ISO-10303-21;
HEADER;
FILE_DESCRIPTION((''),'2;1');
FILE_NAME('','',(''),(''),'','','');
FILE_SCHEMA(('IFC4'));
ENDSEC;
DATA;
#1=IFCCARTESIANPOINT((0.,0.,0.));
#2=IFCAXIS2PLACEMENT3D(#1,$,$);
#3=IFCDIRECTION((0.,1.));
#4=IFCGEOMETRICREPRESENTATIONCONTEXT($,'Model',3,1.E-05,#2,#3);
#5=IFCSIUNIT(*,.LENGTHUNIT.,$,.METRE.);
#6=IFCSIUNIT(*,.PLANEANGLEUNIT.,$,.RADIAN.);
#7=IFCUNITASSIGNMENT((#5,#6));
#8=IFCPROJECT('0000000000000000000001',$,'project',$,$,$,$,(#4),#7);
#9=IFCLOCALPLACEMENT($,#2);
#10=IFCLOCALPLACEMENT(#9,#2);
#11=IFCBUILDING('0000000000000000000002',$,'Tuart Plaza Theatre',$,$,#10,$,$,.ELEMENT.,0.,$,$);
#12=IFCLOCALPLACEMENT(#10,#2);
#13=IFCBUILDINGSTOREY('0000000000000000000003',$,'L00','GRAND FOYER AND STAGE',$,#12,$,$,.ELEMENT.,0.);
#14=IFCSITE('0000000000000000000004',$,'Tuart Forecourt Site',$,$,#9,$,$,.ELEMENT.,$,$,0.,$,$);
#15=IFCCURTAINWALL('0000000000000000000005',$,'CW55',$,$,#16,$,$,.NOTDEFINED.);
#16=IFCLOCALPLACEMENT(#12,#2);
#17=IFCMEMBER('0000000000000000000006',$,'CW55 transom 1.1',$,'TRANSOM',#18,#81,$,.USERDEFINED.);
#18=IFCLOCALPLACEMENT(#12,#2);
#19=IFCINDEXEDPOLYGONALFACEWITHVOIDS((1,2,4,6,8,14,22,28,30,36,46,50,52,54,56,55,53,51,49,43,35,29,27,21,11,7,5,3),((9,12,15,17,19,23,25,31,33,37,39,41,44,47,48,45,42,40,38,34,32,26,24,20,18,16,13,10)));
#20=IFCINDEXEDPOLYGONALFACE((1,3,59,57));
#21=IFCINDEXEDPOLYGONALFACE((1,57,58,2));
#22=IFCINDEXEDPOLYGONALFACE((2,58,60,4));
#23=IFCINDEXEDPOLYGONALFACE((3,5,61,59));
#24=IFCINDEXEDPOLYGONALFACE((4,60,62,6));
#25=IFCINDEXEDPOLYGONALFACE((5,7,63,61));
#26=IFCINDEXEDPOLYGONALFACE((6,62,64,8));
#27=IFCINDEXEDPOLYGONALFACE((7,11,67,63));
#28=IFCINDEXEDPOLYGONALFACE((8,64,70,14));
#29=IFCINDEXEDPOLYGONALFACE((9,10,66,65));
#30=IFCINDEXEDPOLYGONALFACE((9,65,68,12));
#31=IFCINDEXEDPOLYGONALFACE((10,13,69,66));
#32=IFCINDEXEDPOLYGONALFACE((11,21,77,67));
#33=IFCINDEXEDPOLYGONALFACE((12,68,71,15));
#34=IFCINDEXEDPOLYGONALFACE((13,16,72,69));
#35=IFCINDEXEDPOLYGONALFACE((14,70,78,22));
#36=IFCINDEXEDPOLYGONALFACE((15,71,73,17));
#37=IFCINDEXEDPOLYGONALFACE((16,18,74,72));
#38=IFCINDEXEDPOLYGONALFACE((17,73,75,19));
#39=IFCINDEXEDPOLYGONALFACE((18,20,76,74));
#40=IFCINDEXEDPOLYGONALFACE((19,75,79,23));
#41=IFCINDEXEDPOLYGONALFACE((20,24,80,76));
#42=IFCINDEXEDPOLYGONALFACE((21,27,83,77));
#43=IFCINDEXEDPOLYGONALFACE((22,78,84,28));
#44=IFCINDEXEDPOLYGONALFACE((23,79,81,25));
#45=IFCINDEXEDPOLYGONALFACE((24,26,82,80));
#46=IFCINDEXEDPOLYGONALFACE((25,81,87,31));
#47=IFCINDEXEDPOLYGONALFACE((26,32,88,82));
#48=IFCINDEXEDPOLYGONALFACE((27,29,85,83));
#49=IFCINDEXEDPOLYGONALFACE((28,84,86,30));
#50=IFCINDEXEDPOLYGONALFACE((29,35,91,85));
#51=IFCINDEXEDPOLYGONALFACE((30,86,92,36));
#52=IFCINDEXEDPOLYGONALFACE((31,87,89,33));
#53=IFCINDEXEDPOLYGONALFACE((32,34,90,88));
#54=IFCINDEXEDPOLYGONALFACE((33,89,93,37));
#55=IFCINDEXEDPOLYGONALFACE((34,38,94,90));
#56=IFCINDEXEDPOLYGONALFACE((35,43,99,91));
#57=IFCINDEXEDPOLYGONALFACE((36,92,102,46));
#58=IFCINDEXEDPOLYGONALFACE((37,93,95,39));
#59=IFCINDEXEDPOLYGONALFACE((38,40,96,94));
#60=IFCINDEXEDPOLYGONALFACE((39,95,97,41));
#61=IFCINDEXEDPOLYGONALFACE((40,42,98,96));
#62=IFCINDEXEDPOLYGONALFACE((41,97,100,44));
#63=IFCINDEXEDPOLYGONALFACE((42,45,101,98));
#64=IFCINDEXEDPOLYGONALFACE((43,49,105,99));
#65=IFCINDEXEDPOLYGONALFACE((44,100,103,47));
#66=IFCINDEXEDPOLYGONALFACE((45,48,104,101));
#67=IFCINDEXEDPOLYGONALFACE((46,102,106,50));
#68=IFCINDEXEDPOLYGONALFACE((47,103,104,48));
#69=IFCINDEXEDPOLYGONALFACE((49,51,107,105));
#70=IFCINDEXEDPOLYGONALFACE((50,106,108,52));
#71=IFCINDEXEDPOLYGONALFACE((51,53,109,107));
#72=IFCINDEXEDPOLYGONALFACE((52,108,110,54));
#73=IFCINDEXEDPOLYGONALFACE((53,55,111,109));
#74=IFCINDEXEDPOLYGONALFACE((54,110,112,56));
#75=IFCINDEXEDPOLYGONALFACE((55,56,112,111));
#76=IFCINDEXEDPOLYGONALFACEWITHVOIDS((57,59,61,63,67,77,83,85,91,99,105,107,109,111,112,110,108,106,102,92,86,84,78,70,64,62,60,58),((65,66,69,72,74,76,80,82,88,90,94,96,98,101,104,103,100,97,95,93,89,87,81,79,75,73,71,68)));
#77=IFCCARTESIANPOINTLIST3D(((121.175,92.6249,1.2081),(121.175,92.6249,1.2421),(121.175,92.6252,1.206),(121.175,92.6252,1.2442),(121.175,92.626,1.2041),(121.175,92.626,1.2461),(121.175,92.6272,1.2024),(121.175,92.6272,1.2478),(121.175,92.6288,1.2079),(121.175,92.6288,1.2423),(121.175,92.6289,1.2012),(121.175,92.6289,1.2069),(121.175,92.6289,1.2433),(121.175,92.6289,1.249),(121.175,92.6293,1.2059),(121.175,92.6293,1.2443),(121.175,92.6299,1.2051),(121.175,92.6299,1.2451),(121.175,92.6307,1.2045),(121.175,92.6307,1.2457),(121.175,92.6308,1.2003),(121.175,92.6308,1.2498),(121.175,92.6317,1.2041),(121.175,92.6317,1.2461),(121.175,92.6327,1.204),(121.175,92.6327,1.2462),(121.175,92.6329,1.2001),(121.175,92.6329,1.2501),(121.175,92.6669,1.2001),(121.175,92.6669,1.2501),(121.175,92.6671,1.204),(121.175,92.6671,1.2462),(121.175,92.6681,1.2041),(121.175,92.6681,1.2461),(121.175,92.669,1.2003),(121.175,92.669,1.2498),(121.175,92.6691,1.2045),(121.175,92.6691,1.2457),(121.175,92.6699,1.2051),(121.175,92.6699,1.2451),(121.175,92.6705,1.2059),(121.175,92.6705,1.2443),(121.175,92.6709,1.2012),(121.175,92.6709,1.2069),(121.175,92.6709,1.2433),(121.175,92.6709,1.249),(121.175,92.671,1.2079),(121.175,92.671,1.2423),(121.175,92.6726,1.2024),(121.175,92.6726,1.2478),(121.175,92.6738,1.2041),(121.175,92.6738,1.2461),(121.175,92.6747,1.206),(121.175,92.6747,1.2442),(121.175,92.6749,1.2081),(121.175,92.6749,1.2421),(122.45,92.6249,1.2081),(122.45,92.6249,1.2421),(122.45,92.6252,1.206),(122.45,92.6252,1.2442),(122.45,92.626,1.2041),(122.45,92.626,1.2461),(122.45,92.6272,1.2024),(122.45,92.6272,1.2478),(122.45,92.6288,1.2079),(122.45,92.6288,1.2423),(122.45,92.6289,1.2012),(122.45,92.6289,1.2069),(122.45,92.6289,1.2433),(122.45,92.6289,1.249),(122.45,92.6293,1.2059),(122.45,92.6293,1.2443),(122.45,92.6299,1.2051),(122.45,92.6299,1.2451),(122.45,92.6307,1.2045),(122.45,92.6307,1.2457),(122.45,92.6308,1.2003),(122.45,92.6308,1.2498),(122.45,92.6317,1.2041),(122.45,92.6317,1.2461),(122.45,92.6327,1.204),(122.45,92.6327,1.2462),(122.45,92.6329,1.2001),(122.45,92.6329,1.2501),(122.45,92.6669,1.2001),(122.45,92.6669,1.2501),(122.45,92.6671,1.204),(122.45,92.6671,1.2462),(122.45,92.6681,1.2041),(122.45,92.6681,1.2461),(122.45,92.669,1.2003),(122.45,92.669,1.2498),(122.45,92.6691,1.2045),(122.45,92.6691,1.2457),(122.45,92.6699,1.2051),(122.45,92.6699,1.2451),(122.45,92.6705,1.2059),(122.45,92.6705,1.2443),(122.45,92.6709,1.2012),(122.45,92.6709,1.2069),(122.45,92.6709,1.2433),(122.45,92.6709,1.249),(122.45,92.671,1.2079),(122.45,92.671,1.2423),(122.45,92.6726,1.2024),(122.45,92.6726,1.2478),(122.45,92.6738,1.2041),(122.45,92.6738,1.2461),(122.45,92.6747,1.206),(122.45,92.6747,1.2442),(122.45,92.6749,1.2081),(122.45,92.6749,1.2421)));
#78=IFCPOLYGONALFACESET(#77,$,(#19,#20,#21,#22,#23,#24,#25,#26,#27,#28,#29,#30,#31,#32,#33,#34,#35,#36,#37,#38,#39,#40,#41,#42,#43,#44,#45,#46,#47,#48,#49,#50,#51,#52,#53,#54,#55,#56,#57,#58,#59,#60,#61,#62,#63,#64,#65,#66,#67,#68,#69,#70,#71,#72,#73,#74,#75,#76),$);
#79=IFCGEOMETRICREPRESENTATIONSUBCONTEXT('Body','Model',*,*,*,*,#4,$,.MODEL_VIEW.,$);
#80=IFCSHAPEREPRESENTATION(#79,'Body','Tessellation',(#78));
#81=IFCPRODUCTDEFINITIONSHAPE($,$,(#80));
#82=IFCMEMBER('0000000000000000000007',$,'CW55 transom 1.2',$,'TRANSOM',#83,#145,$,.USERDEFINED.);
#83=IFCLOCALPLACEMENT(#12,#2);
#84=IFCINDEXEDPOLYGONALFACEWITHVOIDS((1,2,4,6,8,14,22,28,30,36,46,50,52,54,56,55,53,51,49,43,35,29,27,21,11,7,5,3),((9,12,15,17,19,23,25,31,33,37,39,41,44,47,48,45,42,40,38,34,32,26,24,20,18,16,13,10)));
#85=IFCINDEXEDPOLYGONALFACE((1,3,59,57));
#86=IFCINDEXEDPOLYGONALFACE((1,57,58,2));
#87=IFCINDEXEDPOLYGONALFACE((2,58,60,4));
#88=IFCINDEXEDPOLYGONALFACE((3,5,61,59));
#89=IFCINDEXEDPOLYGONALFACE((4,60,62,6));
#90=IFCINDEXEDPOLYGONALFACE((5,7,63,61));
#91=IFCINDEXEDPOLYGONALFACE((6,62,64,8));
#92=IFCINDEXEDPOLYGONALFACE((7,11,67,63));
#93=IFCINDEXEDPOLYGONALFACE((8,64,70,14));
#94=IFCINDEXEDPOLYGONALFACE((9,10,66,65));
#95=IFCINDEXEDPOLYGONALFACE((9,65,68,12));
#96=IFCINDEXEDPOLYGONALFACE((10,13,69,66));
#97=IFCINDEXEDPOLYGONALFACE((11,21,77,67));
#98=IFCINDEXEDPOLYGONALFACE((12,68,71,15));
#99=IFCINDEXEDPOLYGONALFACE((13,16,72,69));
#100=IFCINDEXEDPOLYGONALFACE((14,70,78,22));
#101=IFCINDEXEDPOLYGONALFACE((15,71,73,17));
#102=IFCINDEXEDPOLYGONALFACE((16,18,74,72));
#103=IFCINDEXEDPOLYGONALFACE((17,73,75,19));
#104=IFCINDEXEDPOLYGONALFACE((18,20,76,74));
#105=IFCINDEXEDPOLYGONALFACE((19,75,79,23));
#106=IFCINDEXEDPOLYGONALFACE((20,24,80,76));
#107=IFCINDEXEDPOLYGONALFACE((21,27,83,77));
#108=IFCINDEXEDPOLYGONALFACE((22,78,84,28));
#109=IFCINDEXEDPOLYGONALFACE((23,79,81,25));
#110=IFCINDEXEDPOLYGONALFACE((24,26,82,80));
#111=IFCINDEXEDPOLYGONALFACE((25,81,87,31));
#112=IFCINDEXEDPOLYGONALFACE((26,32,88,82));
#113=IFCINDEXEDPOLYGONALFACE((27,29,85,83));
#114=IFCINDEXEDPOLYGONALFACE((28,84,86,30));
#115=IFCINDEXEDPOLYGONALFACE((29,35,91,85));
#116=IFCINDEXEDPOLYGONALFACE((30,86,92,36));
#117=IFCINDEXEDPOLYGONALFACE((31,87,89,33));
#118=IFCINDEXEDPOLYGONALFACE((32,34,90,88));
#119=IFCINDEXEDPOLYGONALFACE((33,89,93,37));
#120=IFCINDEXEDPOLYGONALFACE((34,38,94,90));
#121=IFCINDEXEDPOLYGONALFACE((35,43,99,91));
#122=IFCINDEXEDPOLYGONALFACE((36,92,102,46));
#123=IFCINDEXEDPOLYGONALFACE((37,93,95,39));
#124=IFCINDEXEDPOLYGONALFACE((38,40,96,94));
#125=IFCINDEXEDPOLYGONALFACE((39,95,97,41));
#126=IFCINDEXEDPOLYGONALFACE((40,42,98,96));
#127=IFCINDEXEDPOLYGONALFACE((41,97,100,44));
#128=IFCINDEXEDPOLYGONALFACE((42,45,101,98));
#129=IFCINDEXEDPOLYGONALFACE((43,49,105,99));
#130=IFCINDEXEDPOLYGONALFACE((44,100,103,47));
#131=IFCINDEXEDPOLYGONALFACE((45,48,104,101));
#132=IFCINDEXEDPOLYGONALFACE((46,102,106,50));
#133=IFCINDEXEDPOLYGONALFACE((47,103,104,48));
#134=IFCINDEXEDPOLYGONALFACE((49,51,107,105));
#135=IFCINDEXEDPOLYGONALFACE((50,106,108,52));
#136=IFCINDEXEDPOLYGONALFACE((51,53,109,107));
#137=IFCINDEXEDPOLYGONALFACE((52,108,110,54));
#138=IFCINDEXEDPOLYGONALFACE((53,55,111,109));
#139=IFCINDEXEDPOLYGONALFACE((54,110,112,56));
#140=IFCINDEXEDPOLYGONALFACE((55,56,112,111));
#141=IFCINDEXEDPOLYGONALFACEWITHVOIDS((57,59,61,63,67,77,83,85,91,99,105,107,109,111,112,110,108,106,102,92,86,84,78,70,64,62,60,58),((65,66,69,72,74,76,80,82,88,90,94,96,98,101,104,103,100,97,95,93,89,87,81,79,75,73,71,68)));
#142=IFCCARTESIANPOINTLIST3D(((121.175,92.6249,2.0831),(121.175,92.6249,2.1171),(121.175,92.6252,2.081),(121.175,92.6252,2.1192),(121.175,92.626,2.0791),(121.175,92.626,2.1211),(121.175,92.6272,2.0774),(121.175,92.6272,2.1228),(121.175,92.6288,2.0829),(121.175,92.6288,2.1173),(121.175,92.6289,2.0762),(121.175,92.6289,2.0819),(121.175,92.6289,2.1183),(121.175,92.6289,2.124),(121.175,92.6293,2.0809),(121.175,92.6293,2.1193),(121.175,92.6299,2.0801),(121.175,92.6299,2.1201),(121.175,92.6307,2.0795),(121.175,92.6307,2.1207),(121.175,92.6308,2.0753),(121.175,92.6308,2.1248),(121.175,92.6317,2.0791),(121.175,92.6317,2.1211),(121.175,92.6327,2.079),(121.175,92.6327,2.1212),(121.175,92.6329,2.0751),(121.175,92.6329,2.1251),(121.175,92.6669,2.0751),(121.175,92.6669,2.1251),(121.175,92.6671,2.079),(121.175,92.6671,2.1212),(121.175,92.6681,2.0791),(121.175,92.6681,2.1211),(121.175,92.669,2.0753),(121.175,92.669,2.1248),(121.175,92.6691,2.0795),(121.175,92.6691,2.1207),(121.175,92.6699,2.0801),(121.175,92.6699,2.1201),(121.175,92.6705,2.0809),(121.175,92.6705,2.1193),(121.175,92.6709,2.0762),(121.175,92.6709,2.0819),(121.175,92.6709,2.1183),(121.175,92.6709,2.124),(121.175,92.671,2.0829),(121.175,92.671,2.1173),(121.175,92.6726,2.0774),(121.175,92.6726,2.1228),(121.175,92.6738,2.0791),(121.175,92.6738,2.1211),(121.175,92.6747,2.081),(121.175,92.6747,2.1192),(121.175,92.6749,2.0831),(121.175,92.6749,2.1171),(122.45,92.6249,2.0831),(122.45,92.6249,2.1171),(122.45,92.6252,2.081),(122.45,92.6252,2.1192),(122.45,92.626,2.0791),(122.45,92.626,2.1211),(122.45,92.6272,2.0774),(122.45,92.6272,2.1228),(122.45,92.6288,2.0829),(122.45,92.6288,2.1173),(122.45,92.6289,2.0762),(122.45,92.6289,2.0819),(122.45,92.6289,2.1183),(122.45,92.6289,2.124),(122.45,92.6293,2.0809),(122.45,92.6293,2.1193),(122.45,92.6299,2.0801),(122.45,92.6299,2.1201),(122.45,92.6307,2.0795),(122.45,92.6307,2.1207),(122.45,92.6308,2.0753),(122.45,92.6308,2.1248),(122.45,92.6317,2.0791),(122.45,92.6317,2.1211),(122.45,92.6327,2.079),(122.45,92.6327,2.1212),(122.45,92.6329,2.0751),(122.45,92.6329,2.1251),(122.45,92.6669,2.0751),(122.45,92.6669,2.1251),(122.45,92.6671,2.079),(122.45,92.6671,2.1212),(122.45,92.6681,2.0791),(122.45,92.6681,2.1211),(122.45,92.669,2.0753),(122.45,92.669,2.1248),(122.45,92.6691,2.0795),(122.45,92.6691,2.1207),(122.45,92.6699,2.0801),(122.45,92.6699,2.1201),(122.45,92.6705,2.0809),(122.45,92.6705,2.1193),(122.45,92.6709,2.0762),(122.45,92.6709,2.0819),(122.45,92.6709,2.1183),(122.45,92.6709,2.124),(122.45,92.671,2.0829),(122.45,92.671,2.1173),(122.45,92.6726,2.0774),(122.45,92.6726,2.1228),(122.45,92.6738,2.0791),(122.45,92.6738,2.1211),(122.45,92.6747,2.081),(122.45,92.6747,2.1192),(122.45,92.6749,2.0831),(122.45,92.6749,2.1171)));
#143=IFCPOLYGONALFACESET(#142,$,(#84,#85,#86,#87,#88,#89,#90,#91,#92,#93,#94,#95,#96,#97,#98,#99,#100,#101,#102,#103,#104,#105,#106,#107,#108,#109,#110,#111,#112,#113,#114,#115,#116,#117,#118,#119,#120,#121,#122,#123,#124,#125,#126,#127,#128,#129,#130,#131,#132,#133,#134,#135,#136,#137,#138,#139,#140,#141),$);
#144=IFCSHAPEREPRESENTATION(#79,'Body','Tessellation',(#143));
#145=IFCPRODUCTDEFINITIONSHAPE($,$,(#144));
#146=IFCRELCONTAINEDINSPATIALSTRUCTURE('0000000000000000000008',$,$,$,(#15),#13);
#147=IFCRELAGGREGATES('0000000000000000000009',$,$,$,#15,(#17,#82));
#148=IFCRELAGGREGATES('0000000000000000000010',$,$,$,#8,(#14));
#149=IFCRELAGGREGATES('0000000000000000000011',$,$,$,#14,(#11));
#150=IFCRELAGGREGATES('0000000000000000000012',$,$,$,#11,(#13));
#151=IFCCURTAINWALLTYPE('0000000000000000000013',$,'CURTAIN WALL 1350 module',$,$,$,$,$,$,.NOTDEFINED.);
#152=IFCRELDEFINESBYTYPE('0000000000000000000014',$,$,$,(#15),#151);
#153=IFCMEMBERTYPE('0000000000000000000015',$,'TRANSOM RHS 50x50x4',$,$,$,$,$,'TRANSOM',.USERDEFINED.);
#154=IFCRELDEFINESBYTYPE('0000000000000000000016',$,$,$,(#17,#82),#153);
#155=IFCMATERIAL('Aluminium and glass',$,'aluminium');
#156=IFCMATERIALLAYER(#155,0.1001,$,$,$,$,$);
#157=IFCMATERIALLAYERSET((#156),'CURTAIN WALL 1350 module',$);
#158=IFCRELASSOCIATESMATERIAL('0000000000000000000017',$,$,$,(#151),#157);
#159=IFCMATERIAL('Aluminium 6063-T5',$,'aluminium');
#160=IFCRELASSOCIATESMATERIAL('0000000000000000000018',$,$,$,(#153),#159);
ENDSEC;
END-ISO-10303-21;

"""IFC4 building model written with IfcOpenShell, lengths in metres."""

from ifc_helpers import new_model, si_unit, direction, frame, origin, origin_2d, place, context, subcontext, project, spatial, hollow_rectangle, extrude, material, layer, layer_set, material_profile, profile_set, type_object, element, aggregate, save


model = new_model("IFC4")

# Units and contexts
model_context = context("Model", 3, precision=1e-05, world=origin(), true_north=direction((0.0, 1.0)))
body_context = subcontext(model_context, "Body", "Model", "MODEL_VIEW")
ifc_project = project(units=[si_unit("LENGTHUNIT", "METRE"), si_unit("PLANEANGLEUNIT", "RADIAN")], contexts=[model_context])

# Site, building, storey
site_placement = place(None, origin())
site = spatial("IfcSite", under=ifc_project, at=site_placement, Name="Tuart Forecourt Site", CompositionType="ELEMENT", RefElevation=0.0)
building_placement = place(site_placement, origin())
building = spatial("IfcBuilding", under=site, at=building_placement, Name="Tuart Plaza Theatre", CompositionType="ELEMENT", ElevationOfRefHeight=0.0)
storey_placement = place(building_placement, origin())
storey = spatial("IfcBuildingStorey", under=building, at=storey_placement, Name="L00", Description="GRAND FOYER AND STAGE", CompositionType="ELEMENT", Elevation=0.0)

# Curtain wall, members
ifc_material_1 = material(Name="Aluminium and glass", Category="aluminium")
ifc_layer_1 = layer(ifc_material_1, 0.1001)
ifc_layer_set_1 = layer_set([ifc_layer_1], Name="CURTAIN WALL 1350 module")
curtain_wall_type = type_object("IfcCurtainWallType", Name="CURTAIN WALL 1350 module", PredefinedType="NOTDEFINED", material=ifc_layer_set_1)
curtain_wall_placement = place(storey_placement, origin())
curtain_wall = element("IfcCurtainWall", 1, at=curtain_wall_placement, inside=storey, type_object=curtain_wall_type, Name="CW55", PredefinedType="NOTDEFINED")
ifc_material_2 = material(Name="Aluminium 6063-T5", Category="aluminium")
ifc_material_profile_1 = material_profile(ifc_material_2, hollow_rectangle(XDim=0.05, YDim=0.05, WallThickness=0.0039, InnerFilletRadius=0.0039, OuterFilletRadius=0.0081, at=origin_2d()), Name="RHS 50x50x4")
ifc_profile_set_1 = profile_set([ifc_material_profile_1], Name="Aluminium 6063-T5")
member_type_1 = type_object("IfcMemberType", Name="TRANSOM RHS 50x50x4", ElementType="TRANSOM", PredefinedType="USERDEFINED", material=ifc_profile_set_1)
member_1_placement = place(storey_placement, frame((122.45, 92.6499, 1.2251), z_axis=(-1.0, 0.0, 0.0), x_axis=(0.0, -1.0, 0.0)))
member_1 = element("IfcMember", 2, at=member_1_placement, type_object=member_type_1, Name="CW55 transom 1.1", ObjectType="TRANSOM", PredefinedType="USERDEFINED", context=body_context, shape_type="SweptSolid", body=[
    extrude(hollow_rectangle(XDim=0.05, YDim=0.05, WallThickness=0.0039, InnerFilletRadius=0.0039, OuterFilletRadius=0.0081, at=origin_2d()), origin(), (0.0, 0.0, 1.0), 1.2749),
])
member_2_placement = place(storey_placement, frame((122.45, 92.6499, 2.1001), z_axis=(-1.0, 0.0, 0.0), x_axis=(0.0, -1.0, 0.0)))
member_2 = element("IfcMember", 3, at=member_2_placement, type_object=member_type_1, Name="CW55 transom 1.2", ObjectType="TRANSOM", PredefinedType="USERDEFINED", context=body_context, shape_type="SweptSolid", body=[
    extrude(hollow_rectangle(XDim=0.05, YDim=0.05, WallThickness=0.0039, InnerFilletRadius=0.0039, OuterFilletRadius=0.0081, at=origin_2d()), origin(), (0.0, 0.0, 1.0), 1.2749),
])
aggregate(curtain_wall, [member_1, member_2])

save(model, "model.ifc")
